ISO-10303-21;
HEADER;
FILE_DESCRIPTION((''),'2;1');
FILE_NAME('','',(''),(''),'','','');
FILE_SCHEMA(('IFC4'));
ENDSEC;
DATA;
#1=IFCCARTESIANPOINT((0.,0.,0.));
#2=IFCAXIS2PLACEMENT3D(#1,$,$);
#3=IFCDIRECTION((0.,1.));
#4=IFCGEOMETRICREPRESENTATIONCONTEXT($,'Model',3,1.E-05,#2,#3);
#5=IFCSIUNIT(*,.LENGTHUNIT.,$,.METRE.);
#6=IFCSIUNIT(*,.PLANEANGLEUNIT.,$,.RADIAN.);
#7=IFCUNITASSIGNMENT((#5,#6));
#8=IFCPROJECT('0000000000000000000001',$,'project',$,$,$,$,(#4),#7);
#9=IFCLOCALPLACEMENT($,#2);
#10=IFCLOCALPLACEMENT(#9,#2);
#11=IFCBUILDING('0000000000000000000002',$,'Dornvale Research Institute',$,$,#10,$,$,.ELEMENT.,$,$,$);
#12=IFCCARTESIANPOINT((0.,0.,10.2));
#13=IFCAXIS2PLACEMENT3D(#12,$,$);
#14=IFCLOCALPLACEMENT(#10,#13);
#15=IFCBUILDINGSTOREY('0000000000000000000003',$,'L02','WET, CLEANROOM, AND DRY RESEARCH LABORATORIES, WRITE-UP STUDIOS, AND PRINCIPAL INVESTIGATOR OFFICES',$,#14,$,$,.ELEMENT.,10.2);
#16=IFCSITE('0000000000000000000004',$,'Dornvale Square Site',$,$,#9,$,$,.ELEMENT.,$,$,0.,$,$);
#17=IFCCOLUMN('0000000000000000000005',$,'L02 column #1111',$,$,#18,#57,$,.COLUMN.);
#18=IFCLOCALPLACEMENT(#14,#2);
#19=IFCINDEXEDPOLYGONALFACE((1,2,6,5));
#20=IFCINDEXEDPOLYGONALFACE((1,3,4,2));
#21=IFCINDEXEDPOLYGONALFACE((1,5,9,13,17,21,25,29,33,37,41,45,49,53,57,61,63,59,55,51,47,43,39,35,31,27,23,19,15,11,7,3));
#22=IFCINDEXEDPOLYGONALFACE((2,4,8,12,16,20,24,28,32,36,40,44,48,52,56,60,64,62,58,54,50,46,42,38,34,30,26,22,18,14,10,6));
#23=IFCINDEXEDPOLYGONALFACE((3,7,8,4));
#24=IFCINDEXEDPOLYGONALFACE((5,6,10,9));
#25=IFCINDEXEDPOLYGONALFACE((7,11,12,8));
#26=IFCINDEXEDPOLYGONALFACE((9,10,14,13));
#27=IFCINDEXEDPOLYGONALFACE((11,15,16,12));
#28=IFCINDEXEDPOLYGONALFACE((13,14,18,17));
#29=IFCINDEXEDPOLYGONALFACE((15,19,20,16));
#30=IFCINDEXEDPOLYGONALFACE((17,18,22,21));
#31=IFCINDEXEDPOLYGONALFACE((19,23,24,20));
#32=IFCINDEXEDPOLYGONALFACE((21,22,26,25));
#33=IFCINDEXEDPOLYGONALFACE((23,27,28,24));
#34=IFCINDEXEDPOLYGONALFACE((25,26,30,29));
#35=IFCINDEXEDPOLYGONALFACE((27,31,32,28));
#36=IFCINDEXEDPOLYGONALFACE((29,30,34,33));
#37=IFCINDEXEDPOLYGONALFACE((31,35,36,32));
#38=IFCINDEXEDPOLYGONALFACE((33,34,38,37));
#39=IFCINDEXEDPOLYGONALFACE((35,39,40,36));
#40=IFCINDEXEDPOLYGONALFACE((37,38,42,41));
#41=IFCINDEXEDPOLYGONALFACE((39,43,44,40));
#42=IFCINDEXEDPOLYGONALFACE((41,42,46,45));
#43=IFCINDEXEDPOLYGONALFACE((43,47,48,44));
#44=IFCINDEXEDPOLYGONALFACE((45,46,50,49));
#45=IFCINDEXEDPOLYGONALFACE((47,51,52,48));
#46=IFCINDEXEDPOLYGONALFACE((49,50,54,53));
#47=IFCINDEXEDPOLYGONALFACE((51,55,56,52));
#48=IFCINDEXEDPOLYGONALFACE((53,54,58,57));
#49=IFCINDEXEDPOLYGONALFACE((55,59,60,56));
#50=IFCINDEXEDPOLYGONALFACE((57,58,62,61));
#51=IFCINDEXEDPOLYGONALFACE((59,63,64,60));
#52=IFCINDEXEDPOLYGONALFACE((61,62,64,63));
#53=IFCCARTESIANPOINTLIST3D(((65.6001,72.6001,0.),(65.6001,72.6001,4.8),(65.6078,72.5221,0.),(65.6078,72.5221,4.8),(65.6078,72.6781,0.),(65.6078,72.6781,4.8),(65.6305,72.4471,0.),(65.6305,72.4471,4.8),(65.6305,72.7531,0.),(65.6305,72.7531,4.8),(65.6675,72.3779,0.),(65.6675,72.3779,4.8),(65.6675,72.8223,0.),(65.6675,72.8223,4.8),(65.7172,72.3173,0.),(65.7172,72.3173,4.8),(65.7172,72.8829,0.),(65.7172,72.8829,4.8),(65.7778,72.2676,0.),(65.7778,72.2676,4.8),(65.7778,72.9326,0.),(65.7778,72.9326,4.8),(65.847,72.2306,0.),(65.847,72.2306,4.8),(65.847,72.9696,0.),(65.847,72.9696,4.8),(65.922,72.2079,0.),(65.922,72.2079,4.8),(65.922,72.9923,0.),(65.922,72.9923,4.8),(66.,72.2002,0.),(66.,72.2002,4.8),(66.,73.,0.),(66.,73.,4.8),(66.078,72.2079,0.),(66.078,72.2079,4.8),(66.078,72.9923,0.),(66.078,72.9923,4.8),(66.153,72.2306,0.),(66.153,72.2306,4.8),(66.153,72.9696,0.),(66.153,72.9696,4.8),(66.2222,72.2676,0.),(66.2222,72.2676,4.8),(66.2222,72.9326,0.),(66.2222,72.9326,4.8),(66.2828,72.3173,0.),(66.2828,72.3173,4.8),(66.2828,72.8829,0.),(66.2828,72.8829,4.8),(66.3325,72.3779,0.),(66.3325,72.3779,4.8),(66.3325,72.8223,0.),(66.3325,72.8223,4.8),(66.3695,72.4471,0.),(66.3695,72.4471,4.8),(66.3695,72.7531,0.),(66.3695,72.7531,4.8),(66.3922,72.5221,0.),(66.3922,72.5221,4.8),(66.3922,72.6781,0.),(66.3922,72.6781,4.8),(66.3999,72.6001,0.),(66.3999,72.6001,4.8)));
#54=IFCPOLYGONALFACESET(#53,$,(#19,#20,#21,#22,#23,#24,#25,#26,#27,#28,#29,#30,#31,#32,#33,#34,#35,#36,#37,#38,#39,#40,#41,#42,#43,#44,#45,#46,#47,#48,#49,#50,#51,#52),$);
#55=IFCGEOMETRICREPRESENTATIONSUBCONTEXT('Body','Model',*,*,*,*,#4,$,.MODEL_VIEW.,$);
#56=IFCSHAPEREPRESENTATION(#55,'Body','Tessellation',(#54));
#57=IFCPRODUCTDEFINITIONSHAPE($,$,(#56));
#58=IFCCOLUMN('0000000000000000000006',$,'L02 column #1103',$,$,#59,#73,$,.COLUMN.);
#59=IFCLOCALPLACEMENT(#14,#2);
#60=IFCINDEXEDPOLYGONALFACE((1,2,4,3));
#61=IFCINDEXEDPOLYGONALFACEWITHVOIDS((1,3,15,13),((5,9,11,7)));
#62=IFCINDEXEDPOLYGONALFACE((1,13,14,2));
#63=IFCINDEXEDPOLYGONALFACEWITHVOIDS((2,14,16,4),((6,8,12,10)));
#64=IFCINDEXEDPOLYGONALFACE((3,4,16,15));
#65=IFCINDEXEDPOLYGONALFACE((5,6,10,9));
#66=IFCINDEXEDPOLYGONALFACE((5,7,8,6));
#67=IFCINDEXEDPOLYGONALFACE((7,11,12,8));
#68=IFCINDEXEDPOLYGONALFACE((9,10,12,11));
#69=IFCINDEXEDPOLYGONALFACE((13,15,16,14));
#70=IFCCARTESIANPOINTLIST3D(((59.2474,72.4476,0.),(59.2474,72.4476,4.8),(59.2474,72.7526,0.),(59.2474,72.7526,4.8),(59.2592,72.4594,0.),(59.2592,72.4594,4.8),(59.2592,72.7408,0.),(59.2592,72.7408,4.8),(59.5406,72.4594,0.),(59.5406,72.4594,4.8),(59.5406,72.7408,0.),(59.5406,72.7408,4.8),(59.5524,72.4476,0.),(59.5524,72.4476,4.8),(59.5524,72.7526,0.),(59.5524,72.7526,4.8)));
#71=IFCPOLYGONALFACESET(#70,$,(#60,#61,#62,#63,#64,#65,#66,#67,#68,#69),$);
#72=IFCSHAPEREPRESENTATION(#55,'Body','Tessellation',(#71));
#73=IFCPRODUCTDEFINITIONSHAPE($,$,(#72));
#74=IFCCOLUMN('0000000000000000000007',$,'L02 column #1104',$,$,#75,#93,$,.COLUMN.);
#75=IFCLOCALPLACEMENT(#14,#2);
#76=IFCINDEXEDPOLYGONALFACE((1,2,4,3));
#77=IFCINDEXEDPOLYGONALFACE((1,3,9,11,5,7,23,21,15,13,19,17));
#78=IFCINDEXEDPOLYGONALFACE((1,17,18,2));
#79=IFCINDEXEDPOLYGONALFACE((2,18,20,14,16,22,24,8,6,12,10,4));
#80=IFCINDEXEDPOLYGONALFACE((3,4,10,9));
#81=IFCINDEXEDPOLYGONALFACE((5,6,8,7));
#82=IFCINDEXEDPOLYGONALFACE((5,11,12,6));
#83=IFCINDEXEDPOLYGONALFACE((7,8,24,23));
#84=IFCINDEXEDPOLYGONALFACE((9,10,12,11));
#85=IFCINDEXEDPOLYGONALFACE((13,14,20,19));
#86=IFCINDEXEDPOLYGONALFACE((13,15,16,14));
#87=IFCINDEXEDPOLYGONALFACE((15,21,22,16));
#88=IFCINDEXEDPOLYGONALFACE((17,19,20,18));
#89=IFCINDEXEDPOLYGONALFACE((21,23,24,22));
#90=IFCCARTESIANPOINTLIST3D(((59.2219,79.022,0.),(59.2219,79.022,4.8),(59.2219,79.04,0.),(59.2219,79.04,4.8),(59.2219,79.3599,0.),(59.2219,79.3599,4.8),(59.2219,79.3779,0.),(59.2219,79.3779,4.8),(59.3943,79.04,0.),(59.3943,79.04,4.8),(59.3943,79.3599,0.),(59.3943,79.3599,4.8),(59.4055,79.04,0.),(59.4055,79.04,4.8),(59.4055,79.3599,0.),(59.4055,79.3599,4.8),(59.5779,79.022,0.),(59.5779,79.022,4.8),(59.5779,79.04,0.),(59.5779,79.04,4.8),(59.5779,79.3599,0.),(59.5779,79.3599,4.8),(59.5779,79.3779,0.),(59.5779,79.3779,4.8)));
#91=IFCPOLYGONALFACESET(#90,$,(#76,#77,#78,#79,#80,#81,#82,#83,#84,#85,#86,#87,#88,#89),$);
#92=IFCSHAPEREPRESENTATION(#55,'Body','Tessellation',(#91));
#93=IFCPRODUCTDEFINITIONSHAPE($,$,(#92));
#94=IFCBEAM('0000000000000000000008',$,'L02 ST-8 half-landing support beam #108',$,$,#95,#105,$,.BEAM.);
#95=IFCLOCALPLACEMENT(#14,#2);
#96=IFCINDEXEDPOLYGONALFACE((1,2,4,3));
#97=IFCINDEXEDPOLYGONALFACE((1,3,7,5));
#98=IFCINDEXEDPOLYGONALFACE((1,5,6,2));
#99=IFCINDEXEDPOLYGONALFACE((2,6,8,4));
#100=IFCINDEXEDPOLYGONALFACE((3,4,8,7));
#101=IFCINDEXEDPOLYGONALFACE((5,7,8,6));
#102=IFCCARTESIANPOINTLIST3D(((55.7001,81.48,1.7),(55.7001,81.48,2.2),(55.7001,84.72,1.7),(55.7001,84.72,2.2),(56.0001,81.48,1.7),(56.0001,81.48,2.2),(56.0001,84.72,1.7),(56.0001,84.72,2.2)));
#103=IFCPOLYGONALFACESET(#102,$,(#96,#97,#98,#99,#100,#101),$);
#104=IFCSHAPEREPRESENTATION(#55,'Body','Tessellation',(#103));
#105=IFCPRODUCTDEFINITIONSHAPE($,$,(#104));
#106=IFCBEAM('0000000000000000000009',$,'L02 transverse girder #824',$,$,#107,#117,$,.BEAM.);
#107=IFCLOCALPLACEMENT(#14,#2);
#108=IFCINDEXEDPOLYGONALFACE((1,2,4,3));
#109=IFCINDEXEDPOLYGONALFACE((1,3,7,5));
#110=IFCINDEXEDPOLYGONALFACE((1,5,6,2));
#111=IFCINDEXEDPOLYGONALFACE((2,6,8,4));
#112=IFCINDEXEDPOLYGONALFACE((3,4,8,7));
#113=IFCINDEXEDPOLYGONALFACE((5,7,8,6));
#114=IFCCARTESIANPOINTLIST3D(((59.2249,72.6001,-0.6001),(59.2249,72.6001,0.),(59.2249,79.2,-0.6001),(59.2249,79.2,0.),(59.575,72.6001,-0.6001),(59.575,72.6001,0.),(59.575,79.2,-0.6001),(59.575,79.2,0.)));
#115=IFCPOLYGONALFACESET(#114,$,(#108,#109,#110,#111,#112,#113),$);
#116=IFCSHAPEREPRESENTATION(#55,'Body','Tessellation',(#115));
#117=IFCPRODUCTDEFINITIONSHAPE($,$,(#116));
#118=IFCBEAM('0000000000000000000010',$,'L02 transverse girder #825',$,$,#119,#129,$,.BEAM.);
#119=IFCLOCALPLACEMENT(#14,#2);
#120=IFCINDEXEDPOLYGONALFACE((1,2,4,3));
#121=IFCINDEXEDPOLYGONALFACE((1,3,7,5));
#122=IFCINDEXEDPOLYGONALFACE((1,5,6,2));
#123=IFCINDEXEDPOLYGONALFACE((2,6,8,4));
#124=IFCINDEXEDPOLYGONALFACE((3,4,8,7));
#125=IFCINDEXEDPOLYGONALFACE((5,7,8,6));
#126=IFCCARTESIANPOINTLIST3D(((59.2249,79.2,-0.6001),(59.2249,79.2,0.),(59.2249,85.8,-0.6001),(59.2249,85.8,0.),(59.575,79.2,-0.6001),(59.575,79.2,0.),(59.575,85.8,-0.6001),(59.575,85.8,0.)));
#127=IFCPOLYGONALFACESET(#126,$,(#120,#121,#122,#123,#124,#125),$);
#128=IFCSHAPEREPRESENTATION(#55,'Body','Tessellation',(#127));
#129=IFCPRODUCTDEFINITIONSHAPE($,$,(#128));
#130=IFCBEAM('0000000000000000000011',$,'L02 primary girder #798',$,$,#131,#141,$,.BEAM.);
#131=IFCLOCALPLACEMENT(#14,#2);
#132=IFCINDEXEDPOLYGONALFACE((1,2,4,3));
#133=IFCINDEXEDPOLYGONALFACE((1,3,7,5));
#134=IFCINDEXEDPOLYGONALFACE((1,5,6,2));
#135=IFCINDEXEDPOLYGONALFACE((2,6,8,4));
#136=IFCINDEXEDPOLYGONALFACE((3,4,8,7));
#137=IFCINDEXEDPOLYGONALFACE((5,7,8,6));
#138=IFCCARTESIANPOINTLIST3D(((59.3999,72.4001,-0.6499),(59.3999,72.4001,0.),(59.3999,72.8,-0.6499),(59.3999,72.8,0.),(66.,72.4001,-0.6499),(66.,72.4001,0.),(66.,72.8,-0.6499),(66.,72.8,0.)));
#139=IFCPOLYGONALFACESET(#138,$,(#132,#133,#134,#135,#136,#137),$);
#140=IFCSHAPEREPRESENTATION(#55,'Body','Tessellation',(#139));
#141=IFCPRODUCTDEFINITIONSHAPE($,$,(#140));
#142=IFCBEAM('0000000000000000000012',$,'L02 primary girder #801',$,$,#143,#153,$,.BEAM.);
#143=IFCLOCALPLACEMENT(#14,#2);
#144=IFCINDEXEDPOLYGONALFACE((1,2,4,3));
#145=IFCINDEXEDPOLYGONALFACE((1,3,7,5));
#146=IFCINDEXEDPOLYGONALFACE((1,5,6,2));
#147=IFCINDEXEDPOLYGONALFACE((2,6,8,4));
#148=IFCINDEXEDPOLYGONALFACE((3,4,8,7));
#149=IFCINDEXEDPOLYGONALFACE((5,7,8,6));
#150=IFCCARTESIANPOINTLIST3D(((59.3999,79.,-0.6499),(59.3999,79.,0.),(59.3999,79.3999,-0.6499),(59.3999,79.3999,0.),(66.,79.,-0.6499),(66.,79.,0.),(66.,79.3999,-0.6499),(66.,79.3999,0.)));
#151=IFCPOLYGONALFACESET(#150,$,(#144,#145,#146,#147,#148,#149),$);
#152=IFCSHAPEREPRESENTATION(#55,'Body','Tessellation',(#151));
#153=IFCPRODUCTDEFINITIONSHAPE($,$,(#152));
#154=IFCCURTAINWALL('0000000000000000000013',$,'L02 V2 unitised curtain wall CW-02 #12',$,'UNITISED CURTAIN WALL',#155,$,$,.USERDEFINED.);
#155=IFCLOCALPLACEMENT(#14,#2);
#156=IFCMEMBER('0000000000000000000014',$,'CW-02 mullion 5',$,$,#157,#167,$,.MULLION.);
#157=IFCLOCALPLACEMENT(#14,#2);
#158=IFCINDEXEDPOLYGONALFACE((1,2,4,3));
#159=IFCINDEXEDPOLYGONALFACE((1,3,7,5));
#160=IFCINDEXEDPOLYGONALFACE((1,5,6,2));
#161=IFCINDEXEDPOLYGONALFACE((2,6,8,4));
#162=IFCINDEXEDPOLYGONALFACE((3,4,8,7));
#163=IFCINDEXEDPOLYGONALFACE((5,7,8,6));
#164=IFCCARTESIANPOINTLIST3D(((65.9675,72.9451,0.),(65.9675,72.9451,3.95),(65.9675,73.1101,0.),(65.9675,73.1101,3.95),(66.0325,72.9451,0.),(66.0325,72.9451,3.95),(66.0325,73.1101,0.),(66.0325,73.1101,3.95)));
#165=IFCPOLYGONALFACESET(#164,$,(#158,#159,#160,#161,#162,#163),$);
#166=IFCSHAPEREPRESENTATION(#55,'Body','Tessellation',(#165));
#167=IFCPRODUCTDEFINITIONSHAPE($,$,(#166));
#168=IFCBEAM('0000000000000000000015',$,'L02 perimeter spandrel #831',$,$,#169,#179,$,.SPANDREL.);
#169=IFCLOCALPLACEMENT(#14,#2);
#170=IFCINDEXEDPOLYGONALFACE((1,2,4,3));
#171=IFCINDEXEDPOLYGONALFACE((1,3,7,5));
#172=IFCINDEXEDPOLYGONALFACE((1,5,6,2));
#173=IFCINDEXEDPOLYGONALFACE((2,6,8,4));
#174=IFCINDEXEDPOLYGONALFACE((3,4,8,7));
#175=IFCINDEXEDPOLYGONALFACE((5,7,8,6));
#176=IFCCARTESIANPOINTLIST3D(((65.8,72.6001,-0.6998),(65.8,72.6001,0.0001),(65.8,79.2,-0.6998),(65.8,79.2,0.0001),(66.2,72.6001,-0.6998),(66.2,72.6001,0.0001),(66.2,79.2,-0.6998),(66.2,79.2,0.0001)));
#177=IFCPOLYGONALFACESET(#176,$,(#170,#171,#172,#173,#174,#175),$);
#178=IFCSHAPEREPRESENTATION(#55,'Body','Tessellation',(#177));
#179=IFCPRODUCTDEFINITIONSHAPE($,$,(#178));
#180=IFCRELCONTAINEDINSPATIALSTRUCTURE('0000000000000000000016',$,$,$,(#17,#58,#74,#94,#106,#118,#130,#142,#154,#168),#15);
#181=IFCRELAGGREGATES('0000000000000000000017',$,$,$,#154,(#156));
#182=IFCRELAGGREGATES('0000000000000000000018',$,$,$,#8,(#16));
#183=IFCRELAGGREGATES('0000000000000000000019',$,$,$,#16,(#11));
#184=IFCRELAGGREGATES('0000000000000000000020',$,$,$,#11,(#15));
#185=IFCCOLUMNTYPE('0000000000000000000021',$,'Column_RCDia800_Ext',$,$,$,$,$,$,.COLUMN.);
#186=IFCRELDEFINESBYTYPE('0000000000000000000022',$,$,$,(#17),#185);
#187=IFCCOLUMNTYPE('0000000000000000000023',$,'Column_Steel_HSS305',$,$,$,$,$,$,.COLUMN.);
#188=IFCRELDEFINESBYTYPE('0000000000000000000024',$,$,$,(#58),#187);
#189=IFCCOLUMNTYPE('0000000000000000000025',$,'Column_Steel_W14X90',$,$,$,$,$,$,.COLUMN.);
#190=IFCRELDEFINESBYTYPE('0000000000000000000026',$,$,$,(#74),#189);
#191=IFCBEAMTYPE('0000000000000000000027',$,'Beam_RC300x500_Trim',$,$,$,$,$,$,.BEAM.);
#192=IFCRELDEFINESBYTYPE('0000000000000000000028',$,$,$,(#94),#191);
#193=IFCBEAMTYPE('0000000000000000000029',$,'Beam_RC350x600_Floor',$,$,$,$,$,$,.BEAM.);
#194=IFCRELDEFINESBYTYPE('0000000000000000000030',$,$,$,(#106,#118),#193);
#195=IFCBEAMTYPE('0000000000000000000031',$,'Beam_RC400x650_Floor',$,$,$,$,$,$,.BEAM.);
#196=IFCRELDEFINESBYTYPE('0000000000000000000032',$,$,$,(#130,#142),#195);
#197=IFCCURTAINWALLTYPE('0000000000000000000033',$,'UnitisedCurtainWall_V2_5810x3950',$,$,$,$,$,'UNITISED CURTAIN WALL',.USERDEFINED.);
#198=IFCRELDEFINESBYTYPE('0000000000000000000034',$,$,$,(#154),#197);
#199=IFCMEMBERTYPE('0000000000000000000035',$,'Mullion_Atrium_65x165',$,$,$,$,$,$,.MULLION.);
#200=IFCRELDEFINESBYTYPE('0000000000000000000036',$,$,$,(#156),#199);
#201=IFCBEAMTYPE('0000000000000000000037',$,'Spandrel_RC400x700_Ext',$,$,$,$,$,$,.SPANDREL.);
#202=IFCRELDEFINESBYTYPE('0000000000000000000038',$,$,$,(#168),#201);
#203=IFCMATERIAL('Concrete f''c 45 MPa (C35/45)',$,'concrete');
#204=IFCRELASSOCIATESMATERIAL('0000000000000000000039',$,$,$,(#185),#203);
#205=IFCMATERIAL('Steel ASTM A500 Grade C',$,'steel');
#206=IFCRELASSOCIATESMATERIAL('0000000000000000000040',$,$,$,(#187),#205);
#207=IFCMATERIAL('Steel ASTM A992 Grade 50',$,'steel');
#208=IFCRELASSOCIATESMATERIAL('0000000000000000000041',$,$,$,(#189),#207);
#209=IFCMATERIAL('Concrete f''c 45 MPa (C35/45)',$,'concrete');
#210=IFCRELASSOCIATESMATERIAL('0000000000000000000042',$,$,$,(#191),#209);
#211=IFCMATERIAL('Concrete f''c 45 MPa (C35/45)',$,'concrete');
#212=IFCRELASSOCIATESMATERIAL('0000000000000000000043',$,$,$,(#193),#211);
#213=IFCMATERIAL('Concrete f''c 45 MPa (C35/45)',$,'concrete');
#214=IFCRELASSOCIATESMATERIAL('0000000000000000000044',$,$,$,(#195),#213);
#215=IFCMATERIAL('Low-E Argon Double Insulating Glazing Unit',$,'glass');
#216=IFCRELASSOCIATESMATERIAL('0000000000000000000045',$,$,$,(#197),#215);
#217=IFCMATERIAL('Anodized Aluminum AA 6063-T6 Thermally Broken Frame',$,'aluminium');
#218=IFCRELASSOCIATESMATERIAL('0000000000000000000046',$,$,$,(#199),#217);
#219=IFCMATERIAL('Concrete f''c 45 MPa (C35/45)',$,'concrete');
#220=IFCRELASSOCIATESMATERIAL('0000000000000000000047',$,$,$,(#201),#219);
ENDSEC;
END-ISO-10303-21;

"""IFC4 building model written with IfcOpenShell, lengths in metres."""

from ifc_helpers import new_model, si_unit, direction, frame, origin, origin_2d, place, context, subcontext, project, spatial, rectangle, hollow_rectangle, circle, i_section, extrude, material, material_profile, profile_set, type_object, element, aggregate, save


model = new_model("IFC4")

# Units and contexts
model_context = context("Model", 3, precision=1e-05, world=origin(), true_north=direction((0.0, 1.0)))
body_context = subcontext(model_context, "Body", "Model", "MODEL_VIEW")
ifc_project = project(units=[si_unit("LENGTHUNIT", "METRE"), si_unit("PLANEANGLEUNIT", "RADIAN")], contexts=[model_context])

# Site, building, storey
site_placement = place(None, origin())
site = spatial("IfcSite", under=ifc_project, at=site_placement, Name="Dornvale Square Site", CompositionType="ELEMENT", RefElevation=0.0)
building_placement = place(site_placement, origin())
building = spatial("IfcBuilding", under=site, at=building_placement, Name="Dornvale Research Institute", CompositionType="ELEMENT")
storey_placement = place(building_placement, frame((0.0, 0.0, 10.2)))
storey = spatial("IfcBuildingStorey", under=building, at=storey_placement, Name="L02", Description="WET, CLEANROOM, AND DRY RESEARCH LABORATORIES, WRITE-UP STUDIOS, AND PRINCIPAL INVESTIGATOR OFFICES", CompositionType="ELEMENT", Elevation=10.2)

# Columns
ifc_material_1 = material(Name="Concrete f'c 45 MPa (C35/45)", Category="concrete")
ifc_material_profile_1 = material_profile(ifc_material_1, circle(Radius=0.3999, at=origin_2d()), Name="RC DIA 800")
ifc_profile_set_1 = profile_set([ifc_material_profile_1], Name="Concrete f'c 45 MPa (C35/45)")
column_type_1 = type_object("IfcColumnType", Name="Column_RCDia800_Ext", PredefinedType="COLUMN", material=ifc_profile_set_1)
column_1_placement = place(storey_placement, frame((66.0, 72.6001, 0.0), z_axis=(0.0, 0.0, 1.0), x_axis=(1.0, 0.0, 0.0)))
element("IfcColumn", 1, at=column_1_placement, inside=storey, type_object=column_type_1, Name="L02 column #1111", PredefinedType="COLUMN", context=body_context, shape_type="SweptSolid", body=[
    extrude(circle(Radius=0.3999, at=origin_2d()), origin(), (0.0, 0.0, 1.0), 4.8),
])
ifc_material_2 = material(Name="Steel ASTM A500 Grade C", Category="steel")
ifc_material_profile_2 = material_profile(ifc_material_2, hollow_rectangle(XDim=0.3049, YDim=0.3049, WallThickness=0.0117, at=origin_2d()), Name="HSS305X305X12.7")
ifc_profile_set_2 = profile_set([ifc_material_profile_2], Name="Steel ASTM A500 Grade C")
column_type_2 = type_object("IfcColumnType", Name="Column_Steel_HSS305", PredefinedType="COLUMN", material=ifc_profile_set_2)
column_2_placement = place(storey_placement, frame((59.3999, 72.6001, 0.0), z_axis=(0.0, 0.0, 1.0), x_axis=(1.0, 0.0, 0.0)))
element("IfcColumn", 2, at=column_2_placement, inside=storey, type_object=column_type_2, Name="L02 column #1103", PredefinedType="COLUMN", context=body_context, shape_type="SweptSolid", body=[
    extrude(hollow_rectangle(XDim=0.3049, YDim=0.3049, WallThickness=0.0117, at=origin_2d()), origin(), (0.0, 0.0, 1.0), 4.8),
])
ifc_material_3 = material(Name="Steel ASTM A992 Grade 50", Category="steel")
ifc_material_profile_3 = material_profile(ifc_material_3, i_section(OverallWidth=0.356, OverallDepth=0.356, WebThickness=0.0112, FlangeThickness=0.0181, at=origin_2d()), Name="W14X90")
ifc_profile_set_3 = profile_set([ifc_material_profile_3], Name="Steel ASTM A992 Grade 50")
column_type_3 = type_object("IfcColumnType", Name="Column_Steel_W14X90", PredefinedType="COLUMN", material=ifc_profile_set_3)
column_3_placement = place(storey_placement, frame((59.3999, 79.2, 0.0), z_axis=(0.0, 0.0, 1.0), x_axis=(1.0, 0.0, 0.0)))
element("IfcColumn", 3, at=column_3_placement, inside=storey, type_object=column_type_3, Name="L02 column #1104", PredefinedType="COLUMN", context=body_context, shape_type="SweptSolid", body=[
    extrude(i_section(OverallWidth=0.356, OverallDepth=0.356, WebThickness=0.0112, FlangeThickness=0.0181, at=origin_2d()), origin(), (0.0, 0.0, 1.0), 4.8),
])

# Beams
ifc_material_4 = material(Name="Concrete f'c 45 MPa (C35/45)", Category="concrete")
ifc_material_profile_4 = material_profile(ifc_material_4, rectangle(XDim=0.3, YDim=0.5, at=origin_2d()), Name="RC 300x500")
ifc_profile_set_4 = profile_set([ifc_material_profile_4], Name="Concrete f'c 45 MPa (C35/45)")
beam_type_1 = type_object("IfcBeamType", Name="Beam_RC300x500_Trim", PredefinedType="BEAM", material=ifc_profile_set_4)
beam_1_placement = place(storey_placement, frame((55.8501, 81.48, 1.95), z_axis=(0.0, 1.0, 0.0), x_axis=(-1.0, 0.0, 0.0)))
element("IfcBeam", 4, at=beam_1_placement, inside=storey, type_object=beam_type_1, Name="L02 ST-8 half-landing support beam #108", PredefinedType="BEAM", context=body_context, shape_type="SweptSolid", body=[
    extrude(rectangle(XDim=0.3, YDim=0.5, at=origin_2d()), origin(), (0.0, 0.0, 1.0), 3.24),
])
ifc_material_5 = material(Name="Concrete f'c 45 MPa (C35/45)", Category="concrete")
ifc_material_profile_5 = material_profile(ifc_material_5, rectangle(XDim=0.3501, YDim=0.6001, at=origin_2d()), Name="RC 350x600")
ifc_profile_set_5 = profile_set([ifc_material_profile_5], Name="Concrete f'c 45 MPa (C35/45)")
beam_type_2 = type_object("IfcBeamType", Name="Beam_RC350x600_Floor", PredefinedType="BEAM", material=ifc_profile_set_5)
beam_2_placement = place(storey_placement, frame((59.3999, 72.6001, -0.3), z_axis=(0.0, 1.0, 0.0), x_axis=(-1.0, 0.0, 0.0)))
element("IfcBeam", 5, at=beam_2_placement, inside=storey, type_object=beam_type_2, Name="L02 transverse girder #824", PredefinedType="BEAM", context=body_context, shape_type="SweptSolid", body=[
    extrude(rectangle(XDim=0.3501, YDim=0.6001, at=origin_2d()), origin(), (0.0, 0.0, 1.0), 6.5999),
])
beam_3_placement = place(storey_placement, frame((59.3999, 79.2, -0.3), z_axis=(0.0, 1.0, 0.0), x_axis=(-1.0, 0.0, 0.0)))
element("IfcBeam", 6, at=beam_3_placement, inside=storey, type_object=beam_type_2, Name="L02 transverse girder #825", PredefinedType="BEAM", context=body_context, shape_type="SweptSolid", body=[
    extrude(rectangle(XDim=0.3501, YDim=0.6001, at=origin_2d()), origin(), (0.0, 0.0, 1.0), 6.6001),
])
ifc_material_6 = material(Name="Concrete f'c 45 MPa (C35/45)", Category="concrete")
ifc_material_profile_6 = material_profile(ifc_material_6, rectangle(XDim=0.3999, YDim=0.6499, at=origin_2d()), Name="RC 400x650")
ifc_profile_set_6 = profile_set([ifc_material_profile_6], Name="Concrete f'c 45 MPa (C35/45)")
beam_type_3 = type_object("IfcBeamType", Name="Beam_RC400x650_Floor", PredefinedType="BEAM", material=ifc_profile_set_6)
for number, where, z_axis, x_axis, name in (
    (7, (59.3999, 72.6001, -0.325), (1.0, 0.0, 0.0), (0.0, 1.0, 0.0), "L02 primary girder #798"),
    (8, (59.3999, 79.2, -0.325), (1.0, 0.0, 0.0), (0.0, 1.0, 0.0), "L02 primary girder #801"),
):
    element("IfcBeam", number, at=place(storey_placement, frame(where, z_axis=z_axis, x_axis=x_axis)), inside=storey, type_object=beam_type_3, Name=name, PredefinedType="BEAM", context=body_context, shape_type="SweptSolid", body=[
        extrude(rectangle(XDim=0.3999, YDim=0.6499, at=origin_2d()), origin(), (0.0, 0.0, 1.0), 6.6001),
    ])

# Curtain wall, member
ifc_material_7 = material(Name="Low-E Argon Double Insulating Glazing Unit", Category="glass")
curtain_wall_type = type_object("IfcCurtainWallType", Name="UnitisedCurtainWall_V2_5810x3950", ElementType="UNITISED CURTAIN WALL", PredefinedType="USERDEFINED", material=ifc_material_7)
curtain_wall_placement = place(storey_placement, origin())
curtain_wall = element("IfcCurtainWall", 9, at=curtain_wall_placement, inside=storey, type_object=curtain_wall_type, Name="L02 V2 unitised curtain wall CW-02 #12", ObjectType="UNITISED CURTAIN WALL", PredefinedType="USERDEFINED")
ifc_material_8 = material(Name="Anodized Aluminum AA 6063-T6 Thermally Broken Frame", Category="aluminium")
ifc_material_profile_7 = material_profile(ifc_material_8, rectangle(XDim=0.0649, YDim=0.165, at=origin_2d()), Name="ALU MULLION 65x165")
ifc_profile_set_7 = profile_set([ifc_material_profile_7], Name="Anodized Aluminum AA 6063-T6 Thermally Broken Frame")
member_type_1 = type_object("IfcMemberType", Name="Mullion_Atrium_65x165", PredefinedType="MULLION", material=ifc_profile_set_7)
member_1_placement = place(storey_placement, frame((66.0, 73.0276, 0.0), z_axis=(0.0, 0.0, 1.0), x_axis=(1.0, 0.0, 0.0)))
member_1 = element("IfcMember", 10, at=member_1_placement, type_object=member_type_1, Name="CW-02 mullion 5", PredefinedType="MULLION", context=body_context, shape_type="SweptSolid", body=[
    extrude(rectangle(XDim=0.0649, YDim=0.165, at=origin_2d()), origin(), (0.0, 0.0, 1.0), 3.95),
])

# Beam
ifc_material_9 = material(Name="Concrete f'c 45 MPa (C35/45)", Category="concrete")
ifc_material_profile_8 = material_profile(ifc_material_9, rectangle(XDim=0.3999, YDim=0.7, at=origin_2d()), Name="RC 400x700")
ifc_profile_set_8 = profile_set([ifc_material_profile_8], Name="Concrete f'c 45 MPa (C35/45)")
beam_type_4 = type_object("IfcBeamType", Name="Spandrel_RC400x700_Ext", PredefinedType="SPANDREL", material=ifc_profile_set_8)
beam_4_placement = place(storey_placement, frame((66.0, 72.6001, -0.3499), z_axis=(0.0, 1.0, 0.0), x_axis=(-1.0, 0.0, 0.0)))
element("IfcBeam", 11, at=beam_4_placement, inside=storey, type_object=beam_type_4, Name="L02 perimeter spandrel #831", PredefinedType="SPANDREL", context=body_context, shape_type="SweptSolid", body=[
    extrude(rectangle(XDim=0.3999, YDim=0.7, at=origin_2d()), origin(), (0.0, 0.0, 1.0), 6.5999),
])

aggregate(curtain_wall, [member_1])

save(model, "model.ifc")
